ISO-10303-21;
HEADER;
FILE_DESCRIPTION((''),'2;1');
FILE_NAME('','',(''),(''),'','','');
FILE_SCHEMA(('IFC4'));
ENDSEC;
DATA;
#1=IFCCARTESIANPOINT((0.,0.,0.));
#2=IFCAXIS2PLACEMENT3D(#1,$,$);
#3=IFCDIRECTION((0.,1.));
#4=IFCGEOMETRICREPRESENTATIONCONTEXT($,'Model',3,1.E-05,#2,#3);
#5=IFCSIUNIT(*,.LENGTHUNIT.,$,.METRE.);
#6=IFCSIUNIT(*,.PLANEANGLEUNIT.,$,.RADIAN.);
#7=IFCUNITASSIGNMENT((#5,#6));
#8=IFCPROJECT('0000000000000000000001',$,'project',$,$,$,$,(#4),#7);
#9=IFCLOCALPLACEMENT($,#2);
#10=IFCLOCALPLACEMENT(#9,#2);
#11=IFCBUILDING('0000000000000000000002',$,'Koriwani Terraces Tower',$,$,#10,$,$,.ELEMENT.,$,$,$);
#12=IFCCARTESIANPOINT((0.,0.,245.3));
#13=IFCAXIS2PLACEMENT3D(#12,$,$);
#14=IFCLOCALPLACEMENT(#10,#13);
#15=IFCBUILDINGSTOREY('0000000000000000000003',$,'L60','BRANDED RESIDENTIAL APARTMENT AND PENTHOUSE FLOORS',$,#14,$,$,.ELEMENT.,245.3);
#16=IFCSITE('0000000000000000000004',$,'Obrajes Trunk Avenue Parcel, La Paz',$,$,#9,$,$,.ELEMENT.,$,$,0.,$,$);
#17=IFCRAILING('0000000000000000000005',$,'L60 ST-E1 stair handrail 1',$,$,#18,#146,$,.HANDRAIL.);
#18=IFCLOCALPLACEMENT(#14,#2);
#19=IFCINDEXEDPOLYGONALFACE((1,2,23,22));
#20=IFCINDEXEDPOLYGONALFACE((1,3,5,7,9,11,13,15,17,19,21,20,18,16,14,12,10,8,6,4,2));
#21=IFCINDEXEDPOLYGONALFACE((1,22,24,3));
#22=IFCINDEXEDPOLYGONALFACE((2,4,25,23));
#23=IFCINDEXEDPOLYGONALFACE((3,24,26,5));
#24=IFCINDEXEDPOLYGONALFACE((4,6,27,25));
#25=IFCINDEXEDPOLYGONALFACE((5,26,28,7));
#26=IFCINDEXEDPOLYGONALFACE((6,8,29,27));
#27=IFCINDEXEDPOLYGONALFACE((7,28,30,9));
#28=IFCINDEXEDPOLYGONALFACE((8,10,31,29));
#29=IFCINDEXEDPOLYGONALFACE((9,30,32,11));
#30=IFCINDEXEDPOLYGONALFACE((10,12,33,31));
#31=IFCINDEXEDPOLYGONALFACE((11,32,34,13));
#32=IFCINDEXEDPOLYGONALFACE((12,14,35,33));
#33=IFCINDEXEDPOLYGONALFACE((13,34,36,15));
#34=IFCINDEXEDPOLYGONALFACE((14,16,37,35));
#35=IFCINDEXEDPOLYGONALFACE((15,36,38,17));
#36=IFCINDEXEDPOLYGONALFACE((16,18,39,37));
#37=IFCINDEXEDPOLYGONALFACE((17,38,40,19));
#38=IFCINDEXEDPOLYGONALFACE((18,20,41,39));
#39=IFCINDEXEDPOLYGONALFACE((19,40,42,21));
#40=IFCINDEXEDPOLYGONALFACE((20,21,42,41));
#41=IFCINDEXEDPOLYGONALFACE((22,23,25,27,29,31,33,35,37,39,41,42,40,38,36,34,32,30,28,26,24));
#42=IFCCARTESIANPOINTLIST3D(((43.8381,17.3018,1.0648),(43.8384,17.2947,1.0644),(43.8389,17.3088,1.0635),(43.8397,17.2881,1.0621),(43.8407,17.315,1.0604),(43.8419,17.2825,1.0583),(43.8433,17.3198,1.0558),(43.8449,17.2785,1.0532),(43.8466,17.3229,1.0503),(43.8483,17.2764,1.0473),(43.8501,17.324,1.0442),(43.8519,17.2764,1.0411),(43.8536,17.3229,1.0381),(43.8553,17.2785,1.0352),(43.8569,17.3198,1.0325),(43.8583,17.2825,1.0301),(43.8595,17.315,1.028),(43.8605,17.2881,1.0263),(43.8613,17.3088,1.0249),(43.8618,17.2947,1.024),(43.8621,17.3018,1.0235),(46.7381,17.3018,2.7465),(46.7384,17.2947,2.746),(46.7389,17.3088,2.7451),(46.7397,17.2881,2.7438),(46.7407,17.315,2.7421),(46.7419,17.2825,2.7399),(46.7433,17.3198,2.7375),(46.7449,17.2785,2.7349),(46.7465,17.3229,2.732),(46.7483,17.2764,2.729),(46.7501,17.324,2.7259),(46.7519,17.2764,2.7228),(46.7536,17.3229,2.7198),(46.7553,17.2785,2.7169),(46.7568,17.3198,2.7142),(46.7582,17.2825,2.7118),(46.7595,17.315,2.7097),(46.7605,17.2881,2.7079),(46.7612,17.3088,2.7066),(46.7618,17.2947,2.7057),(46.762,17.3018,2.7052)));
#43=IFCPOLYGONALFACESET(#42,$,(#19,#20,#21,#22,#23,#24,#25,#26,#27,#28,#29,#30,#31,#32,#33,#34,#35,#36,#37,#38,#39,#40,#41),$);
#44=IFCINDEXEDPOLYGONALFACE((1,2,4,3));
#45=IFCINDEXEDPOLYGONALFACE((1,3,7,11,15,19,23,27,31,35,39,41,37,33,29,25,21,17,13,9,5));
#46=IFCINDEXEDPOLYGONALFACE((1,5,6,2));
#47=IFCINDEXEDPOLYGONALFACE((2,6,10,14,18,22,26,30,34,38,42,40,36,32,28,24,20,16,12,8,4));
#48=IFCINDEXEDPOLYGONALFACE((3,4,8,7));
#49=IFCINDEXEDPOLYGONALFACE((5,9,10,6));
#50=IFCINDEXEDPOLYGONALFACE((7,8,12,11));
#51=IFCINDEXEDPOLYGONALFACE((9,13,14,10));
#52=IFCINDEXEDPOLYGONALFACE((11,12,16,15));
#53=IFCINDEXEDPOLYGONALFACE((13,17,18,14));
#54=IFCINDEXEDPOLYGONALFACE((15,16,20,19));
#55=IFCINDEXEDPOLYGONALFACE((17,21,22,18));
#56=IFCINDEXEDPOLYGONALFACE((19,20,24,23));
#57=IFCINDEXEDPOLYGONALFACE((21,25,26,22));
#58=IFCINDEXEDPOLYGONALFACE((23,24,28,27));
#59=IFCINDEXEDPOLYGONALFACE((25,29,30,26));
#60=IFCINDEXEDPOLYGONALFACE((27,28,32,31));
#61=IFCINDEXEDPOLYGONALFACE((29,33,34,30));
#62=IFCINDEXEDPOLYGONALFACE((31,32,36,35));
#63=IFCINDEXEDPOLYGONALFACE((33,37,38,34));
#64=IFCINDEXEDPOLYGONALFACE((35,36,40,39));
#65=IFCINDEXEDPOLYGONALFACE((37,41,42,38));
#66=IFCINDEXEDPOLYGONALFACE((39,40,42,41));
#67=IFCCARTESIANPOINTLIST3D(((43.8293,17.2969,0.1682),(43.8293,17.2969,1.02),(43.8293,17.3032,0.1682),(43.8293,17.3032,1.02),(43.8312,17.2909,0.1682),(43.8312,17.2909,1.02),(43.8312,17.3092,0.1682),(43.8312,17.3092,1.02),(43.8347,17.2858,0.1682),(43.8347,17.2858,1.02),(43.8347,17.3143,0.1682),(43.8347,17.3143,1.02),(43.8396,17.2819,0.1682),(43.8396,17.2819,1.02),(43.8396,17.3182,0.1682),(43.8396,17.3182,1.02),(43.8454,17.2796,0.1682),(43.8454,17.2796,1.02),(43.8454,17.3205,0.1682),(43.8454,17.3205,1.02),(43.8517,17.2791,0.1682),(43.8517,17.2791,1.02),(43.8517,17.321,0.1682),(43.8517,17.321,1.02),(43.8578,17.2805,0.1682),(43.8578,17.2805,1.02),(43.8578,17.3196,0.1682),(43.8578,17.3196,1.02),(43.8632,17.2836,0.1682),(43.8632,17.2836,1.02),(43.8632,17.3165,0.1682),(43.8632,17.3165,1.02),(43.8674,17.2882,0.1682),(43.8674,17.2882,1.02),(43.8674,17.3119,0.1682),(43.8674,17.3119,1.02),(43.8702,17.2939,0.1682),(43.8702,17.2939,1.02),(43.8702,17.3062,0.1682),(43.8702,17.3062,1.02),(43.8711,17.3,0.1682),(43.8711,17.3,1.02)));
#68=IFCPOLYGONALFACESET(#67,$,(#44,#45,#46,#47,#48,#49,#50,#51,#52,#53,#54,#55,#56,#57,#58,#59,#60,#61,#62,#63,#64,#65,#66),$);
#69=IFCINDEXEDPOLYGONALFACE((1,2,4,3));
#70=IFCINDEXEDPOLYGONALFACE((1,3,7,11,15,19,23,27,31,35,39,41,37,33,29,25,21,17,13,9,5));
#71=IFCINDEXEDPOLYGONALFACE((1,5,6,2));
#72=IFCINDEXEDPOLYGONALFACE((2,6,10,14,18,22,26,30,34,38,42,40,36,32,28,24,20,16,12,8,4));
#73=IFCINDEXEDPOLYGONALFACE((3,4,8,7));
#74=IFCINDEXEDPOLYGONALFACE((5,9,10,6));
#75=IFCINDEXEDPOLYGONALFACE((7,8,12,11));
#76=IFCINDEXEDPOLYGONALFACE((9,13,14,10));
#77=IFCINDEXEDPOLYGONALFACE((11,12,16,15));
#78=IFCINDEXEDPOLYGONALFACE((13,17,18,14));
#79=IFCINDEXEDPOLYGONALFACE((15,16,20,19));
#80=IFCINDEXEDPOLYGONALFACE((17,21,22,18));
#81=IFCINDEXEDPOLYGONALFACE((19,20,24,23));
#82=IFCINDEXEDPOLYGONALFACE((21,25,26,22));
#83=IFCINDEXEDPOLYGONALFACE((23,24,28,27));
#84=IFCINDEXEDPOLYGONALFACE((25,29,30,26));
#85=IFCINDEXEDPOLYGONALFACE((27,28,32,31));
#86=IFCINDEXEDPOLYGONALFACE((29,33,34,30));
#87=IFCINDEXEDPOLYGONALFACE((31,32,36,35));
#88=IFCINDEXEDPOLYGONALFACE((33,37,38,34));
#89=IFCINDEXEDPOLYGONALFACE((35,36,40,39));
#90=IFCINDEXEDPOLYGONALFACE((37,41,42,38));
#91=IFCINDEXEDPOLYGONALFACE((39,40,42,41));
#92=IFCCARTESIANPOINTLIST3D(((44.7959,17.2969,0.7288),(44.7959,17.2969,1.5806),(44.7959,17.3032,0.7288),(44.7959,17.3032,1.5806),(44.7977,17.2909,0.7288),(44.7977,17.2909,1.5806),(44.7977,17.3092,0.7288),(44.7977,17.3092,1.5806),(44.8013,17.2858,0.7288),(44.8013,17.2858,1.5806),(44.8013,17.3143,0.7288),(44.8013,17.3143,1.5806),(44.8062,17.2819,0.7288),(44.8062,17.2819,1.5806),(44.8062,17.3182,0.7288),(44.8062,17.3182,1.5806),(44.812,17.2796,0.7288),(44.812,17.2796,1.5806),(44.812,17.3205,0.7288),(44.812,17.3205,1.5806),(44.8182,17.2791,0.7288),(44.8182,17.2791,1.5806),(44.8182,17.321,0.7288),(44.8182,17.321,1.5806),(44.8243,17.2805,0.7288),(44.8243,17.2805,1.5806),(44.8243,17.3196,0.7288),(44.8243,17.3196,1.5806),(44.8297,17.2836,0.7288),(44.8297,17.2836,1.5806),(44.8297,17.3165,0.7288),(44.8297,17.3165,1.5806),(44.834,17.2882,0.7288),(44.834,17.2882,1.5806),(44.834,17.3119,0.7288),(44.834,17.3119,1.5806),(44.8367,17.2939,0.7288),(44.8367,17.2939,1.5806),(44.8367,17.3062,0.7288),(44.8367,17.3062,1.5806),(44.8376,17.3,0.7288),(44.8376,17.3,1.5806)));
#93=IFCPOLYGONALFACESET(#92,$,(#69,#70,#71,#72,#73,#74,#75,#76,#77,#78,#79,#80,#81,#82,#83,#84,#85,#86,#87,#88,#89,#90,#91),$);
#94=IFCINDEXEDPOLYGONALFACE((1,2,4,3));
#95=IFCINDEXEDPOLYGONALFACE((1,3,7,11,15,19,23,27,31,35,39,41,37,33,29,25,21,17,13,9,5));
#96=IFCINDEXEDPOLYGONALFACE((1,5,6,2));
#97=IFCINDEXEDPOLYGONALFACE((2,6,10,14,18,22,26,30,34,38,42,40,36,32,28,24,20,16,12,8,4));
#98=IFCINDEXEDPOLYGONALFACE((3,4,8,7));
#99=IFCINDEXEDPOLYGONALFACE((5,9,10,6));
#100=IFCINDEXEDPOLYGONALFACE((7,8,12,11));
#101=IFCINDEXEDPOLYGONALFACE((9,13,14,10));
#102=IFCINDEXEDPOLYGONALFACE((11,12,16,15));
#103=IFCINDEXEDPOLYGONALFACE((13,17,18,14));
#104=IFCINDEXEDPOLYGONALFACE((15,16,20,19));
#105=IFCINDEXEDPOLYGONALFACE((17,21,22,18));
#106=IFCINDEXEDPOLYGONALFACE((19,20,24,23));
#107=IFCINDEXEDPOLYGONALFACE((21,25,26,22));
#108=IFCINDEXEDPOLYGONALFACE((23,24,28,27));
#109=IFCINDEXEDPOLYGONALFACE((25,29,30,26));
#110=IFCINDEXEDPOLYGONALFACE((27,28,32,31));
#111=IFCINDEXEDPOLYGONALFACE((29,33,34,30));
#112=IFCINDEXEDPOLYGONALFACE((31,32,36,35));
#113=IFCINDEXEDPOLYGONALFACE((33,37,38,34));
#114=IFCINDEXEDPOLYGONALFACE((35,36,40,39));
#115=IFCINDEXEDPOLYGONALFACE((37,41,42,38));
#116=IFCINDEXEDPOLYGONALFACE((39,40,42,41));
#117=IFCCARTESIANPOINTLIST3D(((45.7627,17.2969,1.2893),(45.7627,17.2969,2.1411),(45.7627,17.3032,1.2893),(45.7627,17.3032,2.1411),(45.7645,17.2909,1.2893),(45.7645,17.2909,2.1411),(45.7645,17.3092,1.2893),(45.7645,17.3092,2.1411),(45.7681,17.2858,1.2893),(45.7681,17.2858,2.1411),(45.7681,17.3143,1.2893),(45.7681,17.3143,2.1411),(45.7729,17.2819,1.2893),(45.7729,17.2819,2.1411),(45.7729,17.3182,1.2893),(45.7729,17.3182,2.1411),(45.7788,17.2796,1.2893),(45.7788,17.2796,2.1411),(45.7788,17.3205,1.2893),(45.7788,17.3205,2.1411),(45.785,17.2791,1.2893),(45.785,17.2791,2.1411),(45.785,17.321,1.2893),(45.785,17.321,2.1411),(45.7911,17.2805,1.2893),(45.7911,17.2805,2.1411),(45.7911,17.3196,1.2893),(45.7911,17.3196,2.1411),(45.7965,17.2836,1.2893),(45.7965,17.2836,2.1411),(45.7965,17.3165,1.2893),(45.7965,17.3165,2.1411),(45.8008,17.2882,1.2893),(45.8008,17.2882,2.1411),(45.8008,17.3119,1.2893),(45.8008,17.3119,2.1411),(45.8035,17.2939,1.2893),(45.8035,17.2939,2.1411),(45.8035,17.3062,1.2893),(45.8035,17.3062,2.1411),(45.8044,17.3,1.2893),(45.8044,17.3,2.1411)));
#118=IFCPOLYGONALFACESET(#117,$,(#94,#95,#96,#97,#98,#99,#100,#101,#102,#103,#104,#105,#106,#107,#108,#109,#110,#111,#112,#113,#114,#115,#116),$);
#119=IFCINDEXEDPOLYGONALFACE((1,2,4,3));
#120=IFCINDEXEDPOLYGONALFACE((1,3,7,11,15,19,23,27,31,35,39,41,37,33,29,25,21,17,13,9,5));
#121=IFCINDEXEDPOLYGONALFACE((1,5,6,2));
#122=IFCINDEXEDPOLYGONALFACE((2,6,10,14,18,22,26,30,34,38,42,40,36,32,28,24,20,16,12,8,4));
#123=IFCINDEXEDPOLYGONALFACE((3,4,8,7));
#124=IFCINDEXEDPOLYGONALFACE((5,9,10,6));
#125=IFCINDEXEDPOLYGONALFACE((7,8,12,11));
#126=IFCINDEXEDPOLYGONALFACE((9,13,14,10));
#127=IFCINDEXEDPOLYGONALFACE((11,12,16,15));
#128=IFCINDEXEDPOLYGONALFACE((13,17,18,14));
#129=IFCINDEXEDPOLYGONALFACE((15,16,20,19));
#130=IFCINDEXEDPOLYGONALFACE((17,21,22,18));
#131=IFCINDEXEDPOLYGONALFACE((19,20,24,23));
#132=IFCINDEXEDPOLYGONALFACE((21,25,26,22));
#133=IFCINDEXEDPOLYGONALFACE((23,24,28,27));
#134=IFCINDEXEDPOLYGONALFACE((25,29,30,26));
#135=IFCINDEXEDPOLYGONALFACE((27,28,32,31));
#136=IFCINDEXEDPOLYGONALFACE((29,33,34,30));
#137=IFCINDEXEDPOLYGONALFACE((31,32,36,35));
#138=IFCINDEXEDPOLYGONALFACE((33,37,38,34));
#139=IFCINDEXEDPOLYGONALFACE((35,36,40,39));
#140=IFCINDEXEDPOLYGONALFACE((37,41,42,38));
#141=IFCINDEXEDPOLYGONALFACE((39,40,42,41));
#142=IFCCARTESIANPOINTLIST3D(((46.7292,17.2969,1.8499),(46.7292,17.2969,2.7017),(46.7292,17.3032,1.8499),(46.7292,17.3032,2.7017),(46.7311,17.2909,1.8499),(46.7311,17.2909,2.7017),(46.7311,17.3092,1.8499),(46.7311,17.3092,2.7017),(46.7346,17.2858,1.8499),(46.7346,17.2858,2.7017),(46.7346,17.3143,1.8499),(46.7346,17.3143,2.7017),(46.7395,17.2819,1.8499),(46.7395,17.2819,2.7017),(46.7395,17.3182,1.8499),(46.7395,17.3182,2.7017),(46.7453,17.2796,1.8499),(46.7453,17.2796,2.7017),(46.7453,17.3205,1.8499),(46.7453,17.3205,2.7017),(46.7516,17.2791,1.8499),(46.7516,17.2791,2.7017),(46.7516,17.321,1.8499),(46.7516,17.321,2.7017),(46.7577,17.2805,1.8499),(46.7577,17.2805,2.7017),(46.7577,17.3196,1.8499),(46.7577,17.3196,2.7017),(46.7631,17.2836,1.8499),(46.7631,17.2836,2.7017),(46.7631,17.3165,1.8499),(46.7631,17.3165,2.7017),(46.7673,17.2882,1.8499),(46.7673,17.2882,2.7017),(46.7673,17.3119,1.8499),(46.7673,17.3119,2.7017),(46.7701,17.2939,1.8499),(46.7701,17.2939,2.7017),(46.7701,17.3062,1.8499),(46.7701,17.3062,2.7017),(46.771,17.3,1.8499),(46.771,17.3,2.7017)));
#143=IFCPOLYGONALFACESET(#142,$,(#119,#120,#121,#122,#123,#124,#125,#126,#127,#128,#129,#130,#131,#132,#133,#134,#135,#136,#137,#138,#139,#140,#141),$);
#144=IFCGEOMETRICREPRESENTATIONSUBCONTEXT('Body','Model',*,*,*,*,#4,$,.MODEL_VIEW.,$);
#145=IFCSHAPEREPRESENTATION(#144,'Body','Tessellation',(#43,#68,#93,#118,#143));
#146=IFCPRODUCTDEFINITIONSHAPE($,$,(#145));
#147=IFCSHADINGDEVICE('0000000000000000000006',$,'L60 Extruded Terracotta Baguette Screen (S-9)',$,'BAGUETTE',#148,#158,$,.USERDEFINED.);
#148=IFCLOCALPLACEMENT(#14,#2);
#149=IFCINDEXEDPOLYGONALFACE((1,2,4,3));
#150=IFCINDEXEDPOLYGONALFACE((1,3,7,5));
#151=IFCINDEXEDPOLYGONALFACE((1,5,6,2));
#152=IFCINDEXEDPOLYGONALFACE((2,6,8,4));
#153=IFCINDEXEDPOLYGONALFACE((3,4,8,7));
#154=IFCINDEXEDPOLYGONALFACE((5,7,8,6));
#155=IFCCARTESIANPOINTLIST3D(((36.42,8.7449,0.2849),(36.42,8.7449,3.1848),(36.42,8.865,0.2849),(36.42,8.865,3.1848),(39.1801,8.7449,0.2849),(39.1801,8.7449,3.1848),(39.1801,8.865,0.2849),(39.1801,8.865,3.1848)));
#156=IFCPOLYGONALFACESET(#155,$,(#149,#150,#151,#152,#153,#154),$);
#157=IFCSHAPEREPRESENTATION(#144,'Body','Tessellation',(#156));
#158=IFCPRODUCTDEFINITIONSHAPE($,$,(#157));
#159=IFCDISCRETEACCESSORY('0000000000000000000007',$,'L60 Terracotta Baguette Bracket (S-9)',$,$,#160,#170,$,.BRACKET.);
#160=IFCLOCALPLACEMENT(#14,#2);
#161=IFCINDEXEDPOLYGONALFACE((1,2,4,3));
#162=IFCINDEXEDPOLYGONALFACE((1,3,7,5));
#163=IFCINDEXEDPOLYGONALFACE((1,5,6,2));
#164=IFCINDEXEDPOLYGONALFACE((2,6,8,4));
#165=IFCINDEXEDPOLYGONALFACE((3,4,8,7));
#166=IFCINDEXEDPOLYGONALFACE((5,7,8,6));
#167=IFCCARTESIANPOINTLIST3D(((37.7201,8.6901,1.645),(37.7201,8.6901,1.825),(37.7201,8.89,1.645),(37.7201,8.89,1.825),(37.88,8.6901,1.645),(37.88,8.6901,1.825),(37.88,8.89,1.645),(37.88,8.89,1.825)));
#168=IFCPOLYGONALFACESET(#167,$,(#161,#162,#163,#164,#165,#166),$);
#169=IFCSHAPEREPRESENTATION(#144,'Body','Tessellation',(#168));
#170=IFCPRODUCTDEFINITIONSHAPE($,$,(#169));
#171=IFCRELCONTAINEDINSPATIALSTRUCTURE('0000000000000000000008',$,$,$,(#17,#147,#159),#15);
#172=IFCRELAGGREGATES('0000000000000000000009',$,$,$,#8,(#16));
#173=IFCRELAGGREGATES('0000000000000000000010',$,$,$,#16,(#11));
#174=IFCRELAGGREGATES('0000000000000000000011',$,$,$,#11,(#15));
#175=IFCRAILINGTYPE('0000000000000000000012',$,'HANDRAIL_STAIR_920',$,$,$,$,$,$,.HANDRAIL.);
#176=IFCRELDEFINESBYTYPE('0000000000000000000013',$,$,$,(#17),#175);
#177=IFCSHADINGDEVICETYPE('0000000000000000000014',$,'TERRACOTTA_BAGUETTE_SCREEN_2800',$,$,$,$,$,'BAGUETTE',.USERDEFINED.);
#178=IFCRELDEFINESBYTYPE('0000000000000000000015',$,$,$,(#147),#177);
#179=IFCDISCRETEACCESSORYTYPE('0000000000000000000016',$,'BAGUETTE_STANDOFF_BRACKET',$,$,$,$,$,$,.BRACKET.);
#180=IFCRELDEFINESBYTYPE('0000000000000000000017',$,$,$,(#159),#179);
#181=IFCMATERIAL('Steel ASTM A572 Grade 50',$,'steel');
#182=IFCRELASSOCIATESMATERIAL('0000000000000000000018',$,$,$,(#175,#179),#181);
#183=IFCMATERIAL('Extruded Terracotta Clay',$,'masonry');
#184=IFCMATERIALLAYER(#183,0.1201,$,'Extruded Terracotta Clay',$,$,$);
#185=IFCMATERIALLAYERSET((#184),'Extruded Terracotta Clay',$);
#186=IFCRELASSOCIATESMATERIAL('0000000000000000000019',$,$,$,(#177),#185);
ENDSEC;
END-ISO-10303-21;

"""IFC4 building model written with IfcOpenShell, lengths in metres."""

from ifc_helpers import new_model, si_unit, direction, frame, origin, origin_2d, place, context, subcontext, project, spatial, rectangle, circle, extrude, material, layer, layer_set, type_object, element, save


model = new_model("IFC4")

# Units and contexts
model_context = context("Model", 3, precision=1e-05, world=origin(), true_north=direction((0.0, 1.0)))
body_context = subcontext(model_context, "Body", "Model", "MODEL_VIEW")
ifc_project = project(units=[si_unit("LENGTHUNIT", "METRE"), si_unit("PLANEANGLEUNIT", "RADIAN")], contexts=[model_context])

# Site, building, storey
site_placement = place(None, origin())
site = spatial("IfcSite", under=ifc_project, at=site_placement, Name="Obrajes Trunk Avenue Parcel, La Paz", CompositionType="ELEMENT", RefElevation=0.0)
building_placement = place(site_placement, origin())
building = spatial("IfcBuilding", under=site, at=building_placement, Name="Koriwani Terraces Tower", CompositionType="ELEMENT")
storey_placement = place(building_placement, frame((0.0, 0.0, 245.3)))
storey = spatial("IfcBuildingStorey", under=building, at=storey_placement, Name="L60", Description="BRANDED RESIDENTIAL APARTMENT AND PENTHOUSE FLOORS", CompositionType="ELEMENT", Elevation=245.3)

# Shared definitions
ifc_material_1 = material(Name="Steel ASTM A572 Grade 50", Category="steel")

# Railing
railing_type_1 = type_object("IfcRailingType", Name="HANDRAIL_STAIR_920", PredefinedType="HANDRAIL", material=ifc_material_1)
railing_1_placement = place(storey_placement, frame((43.8501, 17.3, 0.1682)))
element("IfcRailing", 1, at=railing_1_placement, inside=storey, type_object=railing_type_1, Name="L60 ST-E1 stair handrail 1", PredefinedType="HANDRAIL", context=body_context, shape_type="SweptSolid", body=[
    extrude(circle(Radius=0.0239, at=origin_2d()), frame((0.0, 0.0, 0.876), z_axis=(0.86507, 0.0, 0.501651), x_axis=(0.0, 1.0, 0.0)), (0.0, 0.0, 1.0), 3.3523),
    extrude(circle(Radius=0.021, at=origin_2d()), origin(), (0.0, 0.0, 1.0), 0.8518),
    extrude(circle(Radius=0.021, at=origin_2d()), frame((0.9666, 0.0, 0.5605)), (0.0, 0.0, 1.0), 0.8518),
    extrude(circle(Radius=0.021, at=origin_2d()), frame((1.9333, 0.0, 1.1211)), (0.0, 0.0, 1.0), 0.8518),
    extrude(circle(Radius=0.021, at=origin_2d()), frame((2.8999, 0.0, 1.6816)), (0.0, 0.0, 1.0), 0.8518),
])

# Shading device
ifc_material_2 = material(Name="Extruded Terracotta Clay", Category="masonry")
ifc_layer_1 = layer(ifc_material_2, 0.1201, Name="Extruded Terracotta Clay")
ifc_layer_set_1 = layer_set([ifc_layer_1], Name="Extruded Terracotta Clay")
shading_device_type = type_object("IfcShadingDeviceType", Name="TERRACOTTA_BAGUETTE_SCREEN_2800", ElementType="BAGUETTE", PredefinedType="USERDEFINED", material=ifc_layer_set_1)
shading_device_placement = place(storey_placement, frame((37.8, 8.8049, 0.2849), z_axis=(0.0, 0.0, 1.0), x_axis=(-1.0, 0.0, 0.0)))
element("IfcShadingDevice", 2, at=shading_device_placement, inside=storey, type_object=shading_device_type, Name="L60 Extruded Terracotta Baguette Screen (S-9)", ObjectType="BAGUETTE", PredefinedType="USERDEFINED", context=body_context, shape_type="SweptSolid", body=[
    extrude(rectangle(XDim=2.76, YDim=0.1201, at=origin_2d()), origin(), (0.0, 0.0, 1.0), 2.8999),
])

# Discrete accessory
discrete_accessory_type = type_object("IfcDiscreteAccessoryType", Name="BAGUETTE_STANDOFF_BRACKET", PredefinedType="BRACKET", material=ifc_material_1)
discrete_accessory_placement = place(storey_placement, frame((37.8, 8.79, 1.645), z_axis=(0.0, 0.0, 1.0), x_axis=(-1.0, 0.0, 0.0)))
element("IfcDiscreteAccessory", 3, at=discrete_accessory_placement, inside=storey, type_object=discrete_accessory_type, Name="L60 Terracotta Baguette Bracket (S-9)", PredefinedType="BRACKET", context=body_context, shape_type="SweptSolid", body=[
    extrude(rectangle(XDim=0.1599, YDim=0.2, at=origin_2d()), origin(), (0.0, 0.0, 1.0), 0.1799),
])

save(model, "model.ifc")
